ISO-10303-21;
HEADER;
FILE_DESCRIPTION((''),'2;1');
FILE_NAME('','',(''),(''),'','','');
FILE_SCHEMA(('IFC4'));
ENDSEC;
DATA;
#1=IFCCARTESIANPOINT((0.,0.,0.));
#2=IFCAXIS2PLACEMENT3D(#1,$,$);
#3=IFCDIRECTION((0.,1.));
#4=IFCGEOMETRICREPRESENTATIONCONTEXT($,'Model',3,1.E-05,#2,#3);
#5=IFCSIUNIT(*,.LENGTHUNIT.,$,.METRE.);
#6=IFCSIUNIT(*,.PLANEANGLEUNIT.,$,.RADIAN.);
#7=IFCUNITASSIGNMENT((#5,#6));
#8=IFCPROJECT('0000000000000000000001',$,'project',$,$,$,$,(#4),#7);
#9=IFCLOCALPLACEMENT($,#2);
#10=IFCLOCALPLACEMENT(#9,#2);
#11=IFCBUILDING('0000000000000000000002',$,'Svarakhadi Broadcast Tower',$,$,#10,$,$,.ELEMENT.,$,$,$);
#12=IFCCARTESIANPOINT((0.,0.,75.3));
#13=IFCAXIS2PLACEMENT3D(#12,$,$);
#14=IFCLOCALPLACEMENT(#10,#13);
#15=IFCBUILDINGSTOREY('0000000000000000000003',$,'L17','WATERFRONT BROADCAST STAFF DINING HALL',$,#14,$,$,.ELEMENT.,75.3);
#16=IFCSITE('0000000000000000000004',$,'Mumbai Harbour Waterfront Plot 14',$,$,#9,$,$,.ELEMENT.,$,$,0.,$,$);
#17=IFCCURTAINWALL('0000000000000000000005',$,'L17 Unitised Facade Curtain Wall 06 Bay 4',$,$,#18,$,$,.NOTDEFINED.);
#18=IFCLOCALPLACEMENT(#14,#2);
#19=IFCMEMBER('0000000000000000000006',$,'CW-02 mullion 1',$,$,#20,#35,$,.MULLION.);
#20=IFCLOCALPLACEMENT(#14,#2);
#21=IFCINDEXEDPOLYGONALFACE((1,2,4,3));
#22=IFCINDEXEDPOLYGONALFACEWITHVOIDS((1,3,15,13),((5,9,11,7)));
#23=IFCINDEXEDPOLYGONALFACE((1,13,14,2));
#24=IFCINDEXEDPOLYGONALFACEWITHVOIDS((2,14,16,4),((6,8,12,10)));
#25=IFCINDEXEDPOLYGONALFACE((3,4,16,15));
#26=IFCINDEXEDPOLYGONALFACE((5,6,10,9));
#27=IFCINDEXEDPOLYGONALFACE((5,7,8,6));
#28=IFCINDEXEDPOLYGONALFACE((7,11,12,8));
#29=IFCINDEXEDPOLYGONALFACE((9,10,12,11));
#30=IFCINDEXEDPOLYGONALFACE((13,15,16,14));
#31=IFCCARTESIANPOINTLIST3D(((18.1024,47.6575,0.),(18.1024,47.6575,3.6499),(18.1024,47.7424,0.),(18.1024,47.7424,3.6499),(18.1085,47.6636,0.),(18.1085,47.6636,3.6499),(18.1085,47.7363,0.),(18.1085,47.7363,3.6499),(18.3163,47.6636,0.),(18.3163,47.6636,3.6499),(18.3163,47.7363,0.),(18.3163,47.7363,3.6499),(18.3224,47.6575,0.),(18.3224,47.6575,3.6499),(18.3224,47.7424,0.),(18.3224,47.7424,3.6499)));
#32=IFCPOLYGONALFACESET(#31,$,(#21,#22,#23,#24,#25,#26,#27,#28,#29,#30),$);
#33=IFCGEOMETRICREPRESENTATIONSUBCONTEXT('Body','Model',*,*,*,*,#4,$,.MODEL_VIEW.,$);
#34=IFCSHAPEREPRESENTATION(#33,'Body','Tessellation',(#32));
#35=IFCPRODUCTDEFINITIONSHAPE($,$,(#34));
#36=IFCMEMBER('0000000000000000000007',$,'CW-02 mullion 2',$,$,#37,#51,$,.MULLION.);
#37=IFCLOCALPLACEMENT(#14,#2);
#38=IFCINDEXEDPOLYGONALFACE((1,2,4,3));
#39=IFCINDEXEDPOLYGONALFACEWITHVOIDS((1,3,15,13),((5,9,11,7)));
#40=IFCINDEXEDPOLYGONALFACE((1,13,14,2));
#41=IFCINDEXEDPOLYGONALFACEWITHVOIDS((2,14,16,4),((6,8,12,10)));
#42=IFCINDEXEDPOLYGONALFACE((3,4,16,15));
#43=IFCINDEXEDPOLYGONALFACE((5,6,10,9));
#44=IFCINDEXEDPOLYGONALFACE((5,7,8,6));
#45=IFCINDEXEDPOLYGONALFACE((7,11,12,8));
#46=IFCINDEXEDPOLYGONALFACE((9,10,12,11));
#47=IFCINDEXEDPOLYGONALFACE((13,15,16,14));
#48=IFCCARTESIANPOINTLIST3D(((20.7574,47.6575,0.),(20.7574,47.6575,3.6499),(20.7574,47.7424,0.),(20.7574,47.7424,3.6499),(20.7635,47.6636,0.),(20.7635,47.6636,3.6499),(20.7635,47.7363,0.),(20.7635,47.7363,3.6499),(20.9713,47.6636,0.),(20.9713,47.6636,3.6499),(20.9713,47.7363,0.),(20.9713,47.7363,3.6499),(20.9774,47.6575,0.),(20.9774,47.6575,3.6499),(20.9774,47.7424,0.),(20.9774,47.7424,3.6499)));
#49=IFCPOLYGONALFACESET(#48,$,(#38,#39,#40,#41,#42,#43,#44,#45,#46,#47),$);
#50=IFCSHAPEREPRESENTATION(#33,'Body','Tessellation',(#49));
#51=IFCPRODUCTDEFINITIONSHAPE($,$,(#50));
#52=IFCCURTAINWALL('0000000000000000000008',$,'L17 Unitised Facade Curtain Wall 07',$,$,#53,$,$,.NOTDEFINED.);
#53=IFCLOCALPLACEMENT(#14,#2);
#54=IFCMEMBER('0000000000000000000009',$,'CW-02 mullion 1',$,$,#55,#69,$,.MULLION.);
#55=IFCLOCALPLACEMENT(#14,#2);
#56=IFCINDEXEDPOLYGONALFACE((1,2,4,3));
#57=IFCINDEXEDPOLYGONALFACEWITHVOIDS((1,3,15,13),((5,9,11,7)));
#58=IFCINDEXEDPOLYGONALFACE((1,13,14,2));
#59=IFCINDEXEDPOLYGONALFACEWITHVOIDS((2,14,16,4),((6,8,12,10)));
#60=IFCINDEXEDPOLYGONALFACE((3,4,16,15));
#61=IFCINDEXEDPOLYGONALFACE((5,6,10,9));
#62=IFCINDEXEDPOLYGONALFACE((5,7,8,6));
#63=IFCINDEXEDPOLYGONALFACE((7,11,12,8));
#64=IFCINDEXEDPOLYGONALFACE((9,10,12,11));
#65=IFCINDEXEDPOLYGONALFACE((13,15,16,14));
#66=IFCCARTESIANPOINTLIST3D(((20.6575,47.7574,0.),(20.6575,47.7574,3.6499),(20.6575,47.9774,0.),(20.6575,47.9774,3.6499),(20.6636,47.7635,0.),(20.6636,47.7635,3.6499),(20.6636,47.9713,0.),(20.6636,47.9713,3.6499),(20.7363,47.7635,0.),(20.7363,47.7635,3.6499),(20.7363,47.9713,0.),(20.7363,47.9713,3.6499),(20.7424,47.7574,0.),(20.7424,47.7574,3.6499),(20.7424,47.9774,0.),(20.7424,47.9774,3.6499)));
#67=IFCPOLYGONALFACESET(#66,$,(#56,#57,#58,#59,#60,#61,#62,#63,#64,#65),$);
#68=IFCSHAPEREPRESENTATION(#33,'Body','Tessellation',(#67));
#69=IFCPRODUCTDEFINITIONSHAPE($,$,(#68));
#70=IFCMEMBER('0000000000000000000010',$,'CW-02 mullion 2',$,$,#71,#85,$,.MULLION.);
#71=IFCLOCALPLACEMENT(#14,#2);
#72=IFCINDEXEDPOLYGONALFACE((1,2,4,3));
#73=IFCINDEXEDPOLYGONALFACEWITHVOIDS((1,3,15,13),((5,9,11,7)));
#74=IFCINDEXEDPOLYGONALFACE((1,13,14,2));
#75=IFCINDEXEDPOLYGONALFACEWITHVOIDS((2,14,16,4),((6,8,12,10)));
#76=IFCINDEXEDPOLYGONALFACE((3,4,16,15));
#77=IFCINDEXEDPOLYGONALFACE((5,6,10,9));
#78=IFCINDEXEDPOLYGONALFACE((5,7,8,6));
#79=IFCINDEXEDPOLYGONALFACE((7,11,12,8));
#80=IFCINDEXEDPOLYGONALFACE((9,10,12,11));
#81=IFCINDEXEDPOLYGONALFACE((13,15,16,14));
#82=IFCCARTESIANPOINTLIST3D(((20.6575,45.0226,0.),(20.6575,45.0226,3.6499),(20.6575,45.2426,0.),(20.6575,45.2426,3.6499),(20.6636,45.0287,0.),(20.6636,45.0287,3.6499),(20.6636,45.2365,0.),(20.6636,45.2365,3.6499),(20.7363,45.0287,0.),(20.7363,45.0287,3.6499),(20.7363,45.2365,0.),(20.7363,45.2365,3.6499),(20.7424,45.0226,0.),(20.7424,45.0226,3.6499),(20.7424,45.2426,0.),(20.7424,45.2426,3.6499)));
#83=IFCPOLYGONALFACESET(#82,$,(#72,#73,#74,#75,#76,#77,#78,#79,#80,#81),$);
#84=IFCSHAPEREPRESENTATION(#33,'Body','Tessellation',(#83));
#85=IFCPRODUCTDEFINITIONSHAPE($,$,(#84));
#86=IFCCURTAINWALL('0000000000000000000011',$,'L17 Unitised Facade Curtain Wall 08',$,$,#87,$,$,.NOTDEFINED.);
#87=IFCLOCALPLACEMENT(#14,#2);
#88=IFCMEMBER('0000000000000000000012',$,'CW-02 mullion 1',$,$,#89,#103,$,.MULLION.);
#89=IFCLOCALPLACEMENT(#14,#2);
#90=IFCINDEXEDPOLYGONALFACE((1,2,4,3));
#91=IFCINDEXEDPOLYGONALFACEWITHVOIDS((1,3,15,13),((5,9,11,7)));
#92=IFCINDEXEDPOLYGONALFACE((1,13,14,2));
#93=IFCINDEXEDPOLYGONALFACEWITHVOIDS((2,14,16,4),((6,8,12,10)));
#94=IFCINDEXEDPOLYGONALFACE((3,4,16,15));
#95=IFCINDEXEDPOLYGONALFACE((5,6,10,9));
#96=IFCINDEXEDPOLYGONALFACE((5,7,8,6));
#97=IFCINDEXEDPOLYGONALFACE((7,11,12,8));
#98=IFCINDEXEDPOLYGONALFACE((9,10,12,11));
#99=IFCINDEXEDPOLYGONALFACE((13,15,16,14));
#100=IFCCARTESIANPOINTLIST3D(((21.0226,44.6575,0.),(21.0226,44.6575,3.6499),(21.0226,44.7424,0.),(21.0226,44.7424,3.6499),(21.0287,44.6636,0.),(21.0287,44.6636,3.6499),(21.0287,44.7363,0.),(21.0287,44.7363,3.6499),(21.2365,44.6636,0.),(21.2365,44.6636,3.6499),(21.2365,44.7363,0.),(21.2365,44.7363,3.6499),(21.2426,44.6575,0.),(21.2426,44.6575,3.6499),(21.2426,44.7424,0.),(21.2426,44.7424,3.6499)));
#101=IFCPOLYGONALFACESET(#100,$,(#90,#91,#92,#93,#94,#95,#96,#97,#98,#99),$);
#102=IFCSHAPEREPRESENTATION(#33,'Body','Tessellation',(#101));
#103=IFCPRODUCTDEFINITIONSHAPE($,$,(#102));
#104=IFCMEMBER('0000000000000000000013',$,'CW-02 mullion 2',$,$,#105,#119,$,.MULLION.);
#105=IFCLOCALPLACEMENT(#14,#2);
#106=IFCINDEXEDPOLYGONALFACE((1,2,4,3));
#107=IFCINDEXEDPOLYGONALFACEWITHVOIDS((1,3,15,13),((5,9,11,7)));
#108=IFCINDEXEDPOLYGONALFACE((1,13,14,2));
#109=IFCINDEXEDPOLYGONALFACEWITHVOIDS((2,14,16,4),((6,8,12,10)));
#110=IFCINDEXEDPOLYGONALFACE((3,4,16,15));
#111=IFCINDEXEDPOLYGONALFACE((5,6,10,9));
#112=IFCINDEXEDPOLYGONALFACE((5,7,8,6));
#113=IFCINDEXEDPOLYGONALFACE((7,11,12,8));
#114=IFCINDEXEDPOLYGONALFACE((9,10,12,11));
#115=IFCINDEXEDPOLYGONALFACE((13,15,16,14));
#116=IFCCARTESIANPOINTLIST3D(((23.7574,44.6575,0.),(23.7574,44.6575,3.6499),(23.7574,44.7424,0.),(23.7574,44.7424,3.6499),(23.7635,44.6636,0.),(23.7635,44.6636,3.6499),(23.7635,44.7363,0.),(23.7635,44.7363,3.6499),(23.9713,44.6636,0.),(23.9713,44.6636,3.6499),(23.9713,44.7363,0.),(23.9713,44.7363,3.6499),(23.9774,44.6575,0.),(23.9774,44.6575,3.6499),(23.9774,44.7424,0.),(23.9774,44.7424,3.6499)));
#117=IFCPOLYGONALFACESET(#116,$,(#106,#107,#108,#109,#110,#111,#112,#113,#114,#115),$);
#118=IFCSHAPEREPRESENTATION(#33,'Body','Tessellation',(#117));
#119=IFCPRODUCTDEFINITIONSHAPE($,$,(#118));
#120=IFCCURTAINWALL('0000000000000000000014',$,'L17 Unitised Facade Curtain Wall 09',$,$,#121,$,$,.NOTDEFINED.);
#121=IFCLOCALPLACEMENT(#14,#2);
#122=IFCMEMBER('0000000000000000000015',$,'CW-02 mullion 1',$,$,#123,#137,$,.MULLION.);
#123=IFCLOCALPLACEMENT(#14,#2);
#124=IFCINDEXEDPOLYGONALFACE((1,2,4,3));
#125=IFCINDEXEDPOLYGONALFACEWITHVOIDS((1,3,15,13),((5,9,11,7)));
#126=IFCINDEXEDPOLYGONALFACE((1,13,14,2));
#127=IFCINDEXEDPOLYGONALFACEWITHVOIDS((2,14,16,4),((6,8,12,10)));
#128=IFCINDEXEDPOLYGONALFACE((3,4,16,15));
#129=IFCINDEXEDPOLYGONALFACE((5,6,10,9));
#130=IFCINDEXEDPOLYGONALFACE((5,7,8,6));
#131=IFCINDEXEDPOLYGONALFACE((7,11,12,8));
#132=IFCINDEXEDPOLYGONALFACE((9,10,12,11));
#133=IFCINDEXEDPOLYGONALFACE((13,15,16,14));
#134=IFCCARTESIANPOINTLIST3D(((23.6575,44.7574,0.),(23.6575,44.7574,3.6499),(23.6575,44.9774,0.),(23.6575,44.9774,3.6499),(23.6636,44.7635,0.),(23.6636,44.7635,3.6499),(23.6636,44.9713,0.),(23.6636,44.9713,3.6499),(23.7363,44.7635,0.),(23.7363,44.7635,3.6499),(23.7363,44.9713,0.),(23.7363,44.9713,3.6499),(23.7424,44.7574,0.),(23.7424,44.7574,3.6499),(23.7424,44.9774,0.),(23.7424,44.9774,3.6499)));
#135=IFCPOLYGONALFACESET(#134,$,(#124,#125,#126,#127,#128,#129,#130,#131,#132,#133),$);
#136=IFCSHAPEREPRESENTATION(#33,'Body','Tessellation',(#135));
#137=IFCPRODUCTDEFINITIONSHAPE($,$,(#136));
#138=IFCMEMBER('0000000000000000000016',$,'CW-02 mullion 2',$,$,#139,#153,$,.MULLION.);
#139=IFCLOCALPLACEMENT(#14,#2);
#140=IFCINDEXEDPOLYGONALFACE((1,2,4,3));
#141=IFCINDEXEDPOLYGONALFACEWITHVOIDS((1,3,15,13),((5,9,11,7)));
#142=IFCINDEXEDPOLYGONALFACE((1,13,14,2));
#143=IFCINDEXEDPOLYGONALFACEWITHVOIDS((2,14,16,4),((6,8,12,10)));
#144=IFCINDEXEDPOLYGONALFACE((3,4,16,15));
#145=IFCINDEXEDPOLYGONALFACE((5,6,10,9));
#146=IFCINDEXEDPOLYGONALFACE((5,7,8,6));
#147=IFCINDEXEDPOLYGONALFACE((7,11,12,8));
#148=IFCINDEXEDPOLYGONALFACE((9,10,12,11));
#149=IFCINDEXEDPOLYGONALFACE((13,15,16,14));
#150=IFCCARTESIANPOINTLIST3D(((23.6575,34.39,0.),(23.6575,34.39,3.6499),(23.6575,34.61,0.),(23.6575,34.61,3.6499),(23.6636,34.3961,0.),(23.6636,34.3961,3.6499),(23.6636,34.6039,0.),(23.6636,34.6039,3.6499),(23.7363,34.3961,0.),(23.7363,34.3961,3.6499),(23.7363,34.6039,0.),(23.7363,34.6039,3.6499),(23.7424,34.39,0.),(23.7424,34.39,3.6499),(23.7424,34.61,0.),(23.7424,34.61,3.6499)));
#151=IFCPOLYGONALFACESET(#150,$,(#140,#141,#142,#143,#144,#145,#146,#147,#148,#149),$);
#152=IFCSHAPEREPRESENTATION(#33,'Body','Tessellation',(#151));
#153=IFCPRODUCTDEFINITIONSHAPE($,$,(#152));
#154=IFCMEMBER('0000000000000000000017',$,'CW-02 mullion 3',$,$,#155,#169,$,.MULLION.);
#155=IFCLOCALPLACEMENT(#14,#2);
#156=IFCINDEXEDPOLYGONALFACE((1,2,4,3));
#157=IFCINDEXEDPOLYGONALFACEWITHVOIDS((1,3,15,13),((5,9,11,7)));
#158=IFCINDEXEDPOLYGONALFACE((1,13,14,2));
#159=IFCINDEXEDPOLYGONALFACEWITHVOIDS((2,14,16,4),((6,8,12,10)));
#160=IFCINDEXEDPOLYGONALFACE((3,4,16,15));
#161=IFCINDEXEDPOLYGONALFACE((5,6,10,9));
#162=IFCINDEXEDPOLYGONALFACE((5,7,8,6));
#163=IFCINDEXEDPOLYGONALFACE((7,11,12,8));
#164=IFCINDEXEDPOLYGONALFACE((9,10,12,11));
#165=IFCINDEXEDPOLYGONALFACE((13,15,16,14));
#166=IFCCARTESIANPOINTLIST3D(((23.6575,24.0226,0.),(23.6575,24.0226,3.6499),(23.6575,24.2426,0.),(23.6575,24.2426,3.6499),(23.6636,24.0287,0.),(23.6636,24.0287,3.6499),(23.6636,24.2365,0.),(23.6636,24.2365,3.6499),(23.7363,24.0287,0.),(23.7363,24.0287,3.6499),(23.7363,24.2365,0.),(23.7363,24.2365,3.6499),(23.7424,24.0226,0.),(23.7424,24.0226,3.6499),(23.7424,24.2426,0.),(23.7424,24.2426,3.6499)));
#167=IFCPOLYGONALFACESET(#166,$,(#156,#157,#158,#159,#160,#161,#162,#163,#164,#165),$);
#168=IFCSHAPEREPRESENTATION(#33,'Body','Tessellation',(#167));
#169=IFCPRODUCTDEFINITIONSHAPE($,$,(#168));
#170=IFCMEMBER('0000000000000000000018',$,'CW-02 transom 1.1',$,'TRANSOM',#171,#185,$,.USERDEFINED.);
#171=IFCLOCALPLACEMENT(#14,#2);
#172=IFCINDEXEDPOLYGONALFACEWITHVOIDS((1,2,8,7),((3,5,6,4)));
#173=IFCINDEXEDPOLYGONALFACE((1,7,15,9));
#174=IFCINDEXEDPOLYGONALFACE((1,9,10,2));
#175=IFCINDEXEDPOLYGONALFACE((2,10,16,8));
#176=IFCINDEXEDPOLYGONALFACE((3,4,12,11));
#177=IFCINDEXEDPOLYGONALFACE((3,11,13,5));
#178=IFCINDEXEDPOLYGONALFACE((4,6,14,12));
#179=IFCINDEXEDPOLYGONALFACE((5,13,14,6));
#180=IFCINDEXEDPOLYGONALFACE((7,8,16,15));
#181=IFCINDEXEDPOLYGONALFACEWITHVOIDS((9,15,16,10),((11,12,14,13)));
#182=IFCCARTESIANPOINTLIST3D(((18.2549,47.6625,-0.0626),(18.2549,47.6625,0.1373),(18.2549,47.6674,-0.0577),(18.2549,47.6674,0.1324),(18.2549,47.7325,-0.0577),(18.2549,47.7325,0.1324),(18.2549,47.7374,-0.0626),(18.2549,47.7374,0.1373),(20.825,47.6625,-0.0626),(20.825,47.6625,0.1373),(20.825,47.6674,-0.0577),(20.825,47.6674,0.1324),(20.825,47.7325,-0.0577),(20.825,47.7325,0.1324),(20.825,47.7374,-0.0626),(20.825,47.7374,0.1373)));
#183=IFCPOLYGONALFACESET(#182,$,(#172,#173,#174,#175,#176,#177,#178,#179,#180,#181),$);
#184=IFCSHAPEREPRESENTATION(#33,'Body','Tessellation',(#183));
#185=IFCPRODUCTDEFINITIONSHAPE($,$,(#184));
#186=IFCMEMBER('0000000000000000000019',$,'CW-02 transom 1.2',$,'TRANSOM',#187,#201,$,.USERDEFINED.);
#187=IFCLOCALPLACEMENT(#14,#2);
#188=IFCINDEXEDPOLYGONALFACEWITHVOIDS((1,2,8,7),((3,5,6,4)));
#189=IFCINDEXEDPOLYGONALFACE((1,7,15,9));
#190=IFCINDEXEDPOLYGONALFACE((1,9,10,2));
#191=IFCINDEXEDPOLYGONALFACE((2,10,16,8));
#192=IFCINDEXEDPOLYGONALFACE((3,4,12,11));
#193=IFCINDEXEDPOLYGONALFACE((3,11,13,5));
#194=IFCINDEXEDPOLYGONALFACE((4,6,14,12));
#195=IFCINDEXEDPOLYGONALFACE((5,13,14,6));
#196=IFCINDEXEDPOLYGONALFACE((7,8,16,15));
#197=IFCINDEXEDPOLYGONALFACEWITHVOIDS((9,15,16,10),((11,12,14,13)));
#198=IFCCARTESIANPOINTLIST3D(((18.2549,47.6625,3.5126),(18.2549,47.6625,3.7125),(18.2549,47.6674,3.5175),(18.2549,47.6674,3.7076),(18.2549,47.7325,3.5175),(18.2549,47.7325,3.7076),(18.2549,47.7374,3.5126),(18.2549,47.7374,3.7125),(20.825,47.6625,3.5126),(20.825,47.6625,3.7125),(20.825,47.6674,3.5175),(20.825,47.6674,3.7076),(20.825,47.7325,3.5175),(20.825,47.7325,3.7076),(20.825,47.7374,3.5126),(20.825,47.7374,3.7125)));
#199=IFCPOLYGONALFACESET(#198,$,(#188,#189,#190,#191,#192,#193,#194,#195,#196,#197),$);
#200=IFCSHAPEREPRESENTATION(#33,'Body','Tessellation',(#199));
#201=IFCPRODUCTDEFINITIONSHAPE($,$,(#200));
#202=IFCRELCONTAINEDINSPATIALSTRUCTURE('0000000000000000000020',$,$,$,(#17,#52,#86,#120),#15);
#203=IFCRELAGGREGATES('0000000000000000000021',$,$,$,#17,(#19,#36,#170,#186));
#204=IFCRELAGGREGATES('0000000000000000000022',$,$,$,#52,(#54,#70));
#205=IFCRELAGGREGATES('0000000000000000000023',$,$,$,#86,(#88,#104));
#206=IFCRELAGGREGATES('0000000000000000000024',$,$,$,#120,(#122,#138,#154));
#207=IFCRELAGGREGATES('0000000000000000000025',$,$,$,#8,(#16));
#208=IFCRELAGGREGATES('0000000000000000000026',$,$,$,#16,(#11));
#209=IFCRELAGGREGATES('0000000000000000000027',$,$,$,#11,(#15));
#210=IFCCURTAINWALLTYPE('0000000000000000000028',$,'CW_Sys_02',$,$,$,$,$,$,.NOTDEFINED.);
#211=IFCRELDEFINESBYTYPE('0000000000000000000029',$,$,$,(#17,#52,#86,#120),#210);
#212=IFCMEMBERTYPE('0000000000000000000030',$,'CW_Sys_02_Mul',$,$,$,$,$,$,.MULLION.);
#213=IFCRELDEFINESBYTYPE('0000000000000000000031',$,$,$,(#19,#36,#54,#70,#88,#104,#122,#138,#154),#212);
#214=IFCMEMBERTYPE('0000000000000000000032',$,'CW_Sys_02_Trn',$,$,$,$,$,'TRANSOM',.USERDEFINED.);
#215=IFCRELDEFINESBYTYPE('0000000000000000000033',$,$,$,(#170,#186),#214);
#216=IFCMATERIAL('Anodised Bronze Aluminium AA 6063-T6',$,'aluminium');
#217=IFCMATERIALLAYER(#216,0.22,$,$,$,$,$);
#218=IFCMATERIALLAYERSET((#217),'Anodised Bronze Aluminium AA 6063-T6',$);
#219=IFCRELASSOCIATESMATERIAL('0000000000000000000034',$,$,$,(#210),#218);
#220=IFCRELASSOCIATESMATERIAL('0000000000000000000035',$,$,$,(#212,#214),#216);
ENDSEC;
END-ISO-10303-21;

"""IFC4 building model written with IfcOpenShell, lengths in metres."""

from ifc_helpers import new_model, si_unit, direction, frame, origin, origin_2d, place, context, subcontext, project, spatial, hollow_rectangle, extrude, material, layer, layer_set, material_profile, profile_set, type_object, element, aggregate, save


model = new_model("IFC4")

# Units and contexts
model_context = context("Model", 3, precision=1e-05, world=origin(), true_north=direction((0.0, 1.0)))
body_context = subcontext(model_context, "Body", "Model", "MODEL_VIEW")
ifc_project = project(units=[si_unit("LENGTHUNIT", "METRE"), si_unit("PLANEANGLEUNIT", "RADIAN")], contexts=[model_context])

# Site, building, storey
site_placement = place(None, origin())
site = spatial("IfcSite", under=ifc_project, at=site_placement, Name="Mumbai Harbour Waterfront Plot 14", CompositionType="ELEMENT", RefElevation=0.0)
building_placement = place(site_placement, origin())
building = spatial("IfcBuilding", under=site, at=building_placement, Name="Svarakhadi Broadcast Tower", CompositionType="ELEMENT")
storey_placement = place(building_placement, frame((0.0, 0.0, 75.3)))
storey = spatial("IfcBuildingStorey", under=building, at=storey_placement, Name="L17", Description="WATERFRONT BROADCAST STAFF DINING HALL", CompositionType="ELEMENT", Elevation=75.3)

# Curtain walls, members
ifc_material_1 = material(Name="Anodised Bronze Aluminium AA 6063-T6", Category="aluminium")
ifc_layer_1 = layer(ifc_material_1, 0.22)
ifc_layer_set_1 = layer_set([ifc_layer_1], Name="Anodised Bronze Aluminium AA 6063-T6")
curtain_wall_type = type_object("IfcCurtainWallType", Name="CW_Sys_02", PredefinedType="NOTDEFINED", material=ifc_layer_set_1)
curtain_wall_1_placement = place(storey_placement, origin())
curtain_wall_1 = element("IfcCurtainWall", 1, at=curtain_wall_1_placement, inside=storey, type_object=curtain_wall_type, Name="L17 Unitised Facade Curtain Wall 06 Bay 4", PredefinedType="NOTDEFINED")
ifc_material_profile_1 = material_profile(ifc_material_1, hollow_rectangle(XDim=0.085, YDim=0.22, WallThickness=0.0061, at=origin_2d()), Name="ALU MULLION 220x85x6")
ifc_profile_set_1 = profile_set([ifc_material_profile_1], Name="Anodised Bronze Aluminium AA 6063-T6")
member_type_1 = type_object("IfcMemberType", Name="CW_Sys_02_Mul", PredefinedType="MULLION", material=ifc_profile_set_1)
member_1_placement = place(storey_placement, frame((18.2124, 47.7, 0.0), z_axis=(0.0, 0.0, 1.0), x_axis=(0.0, 1.0, 0.0)))
member_1 = element("IfcMember", 2, at=member_1_placement, type_object=member_type_1, Name="CW-02 mullion 1", PredefinedType="MULLION", context=body_context, shape_type="SweptSolid", body=[
    extrude(hollow_rectangle(XDim=0.085, YDim=0.22, WallThickness=0.0061, at=origin_2d()), origin(), (0.0, 0.0, 1.0), 3.6499),
])
member_2_placement = place(storey_placement, frame((20.8674, 47.7, 0.0), z_axis=(0.0, 0.0, 1.0), x_axis=(0.0, 1.0, 0.0)))
member_2 = element("IfcMember", 3, at=member_2_placement, type_object=member_type_1, Name="CW-02 mullion 2", PredefinedType="MULLION", context=body_context, shape_type="SweptSolid", body=[
    extrude(hollow_rectangle(XDim=0.085, YDim=0.22, WallThickness=0.0061, at=origin_2d()), origin(), (0.0, 0.0, 1.0), 3.6499),
])
curtain_wall_2_placement = place(storey_placement, origin())
curtain_wall_2 = element("IfcCurtainWall", 4, at=curtain_wall_2_placement, inside=storey, type_object=curtain_wall_type, Name="L17 Unitised Facade Curtain Wall 07", PredefinedType="NOTDEFINED")
member_3_placement = place(storey_placement, frame((20.7, 47.8674, 0.0), z_axis=(0.0, 0.0, 1.0), x_axis=(1.0, 0.0, 0.0)))
member_3 = element("IfcMember", 5, at=member_3_placement, type_object=member_type_1, Name="CW-02 mullion 1", PredefinedType="MULLION", context=body_context, shape_type="SweptSolid", body=[
    extrude(hollow_rectangle(XDim=0.085, YDim=0.22, WallThickness=0.0061, at=origin_2d()), origin(), (0.0, 0.0, 1.0), 3.6499),
])
member_4_placement = place(storey_placement, frame((20.7, 45.1326, 0.0), z_axis=(0.0, 0.0, 1.0), x_axis=(1.0, 0.0, 0.0)))
member_4 = element("IfcMember", 6, at=member_4_placement, type_object=member_type_1, Name="CW-02 mullion 2", PredefinedType="MULLION", context=body_context, shape_type="SweptSolid", body=[
    extrude(hollow_rectangle(XDim=0.085, YDim=0.22, WallThickness=0.0061, at=origin_2d()), origin(), (0.0, 0.0, 1.0), 3.6499),
])
curtain_wall_3_placement = place(storey_placement, origin())
curtain_wall_3 = element("IfcCurtainWall", 7, at=curtain_wall_3_placement, inside=storey, type_object=curtain_wall_type, Name="L17 Unitised Facade Curtain Wall 08", PredefinedType="NOTDEFINED")
member_5_placement = place(storey_placement, frame((21.1326, 44.7, 0.0), z_axis=(0.0, 0.0, 1.0), x_axis=(0.0, 1.0, 0.0)))
member_5 = element("IfcMember", 8, at=member_5_placement, type_object=member_type_1, Name="CW-02 mullion 1", PredefinedType="MULLION", context=body_context, shape_type="SweptSolid", body=[
    extrude(hollow_rectangle(XDim=0.085, YDim=0.22, WallThickness=0.0061, at=origin_2d()), origin(), (0.0, 0.0, 1.0), 3.6499),
])
member_6_placement = place(storey_placement, frame((23.8674, 44.7, 0.0), z_axis=(0.0, 0.0, 1.0), x_axis=(0.0, 1.0, 0.0)))
member_6 = element("IfcMember", 9, at=member_6_placement, type_object=member_type_1, Name="CW-02 mullion 2", PredefinedType="MULLION", context=body_context, shape_type="SweptSolid", body=[
    extrude(hollow_rectangle(XDim=0.085, YDim=0.22, WallThickness=0.0061, at=origin_2d()), origin(), (0.0, 0.0, 1.0), 3.6499),
])
curtain_wall_4_placement = place(storey_placement, origin())
curtain_wall_4 = element("IfcCurtainWall", 10, at=curtain_wall_4_placement, inside=storey, type_object=curtain_wall_type, Name="L17 Unitised Facade Curtain Wall 09", PredefinedType="NOTDEFINED")
member_7_placement = place(storey_placement, frame((23.7, 44.8674, 0.0), z_axis=(0.0, 0.0, 1.0), x_axis=(1.0, 0.0, 0.0)))
member_7 = element("IfcMember", 11, at=member_7_placement, type_object=member_type_1, Name="CW-02 mullion 1", PredefinedType="MULLION", context=body_context, shape_type="SweptSolid", body=[
    extrude(hollow_rectangle(XDim=0.085, YDim=0.22, WallThickness=0.0061, at=origin_2d()), origin(), (0.0, 0.0, 1.0), 3.6499),
])
member_8_placement = place(storey_placement, frame((23.7, 34.5, 0.0), z_axis=(0.0, 0.0, 1.0), x_axis=(1.0, 0.0, 0.0)))
member_8 = element("IfcMember", 12, at=member_8_placement, type_object=member_type_1, Name="CW-02 mullion 2", PredefinedType="MULLION", context=body_context, shape_type="SweptSolid", body=[
    extrude(hollow_rectangle(XDim=0.085, YDim=0.22, WallThickness=0.0061, at=origin_2d()), origin(), (0.0, 0.0, 1.0), 3.6499),
])
member_9_placement = place(storey_placement, frame((23.7, 24.1326, 0.0), z_axis=(0.0, 0.0, 1.0), x_axis=(1.0, 0.0, 0.0)))
member_9 = element("IfcMember", 13, at=member_9_placement, type_object=member_type_1, Name="CW-02 mullion 3", PredefinedType="MULLION", context=body_context, shape_type="SweptSolid", body=[
    extrude(hollow_rectangle(XDim=0.085, YDim=0.22, WallThickness=0.0061, at=origin_2d()), origin(), (0.0, 0.0, 1.0), 3.6499),
])

# Members
ifc_material_profile_2 = material_profile(ifc_material_1, hollow_rectangle(XDim=0.075, YDim=0.2, WallThickness=0.0049, at=origin_2d()), Name="ALU TRANSOM 200x75x5")
ifc_profile_set_2 = profile_set([ifc_material_profile_2], Name="Anodised Bronze Aluminium AA 6063-T6")
member_type_2 = type_object("IfcMemberType", Name="CW_Sys_02_Trn", ElementType="TRANSOM", PredefinedType="USERDEFINED", material=ifc_profile_set_2)
member_10_placement = place(storey_placement, frame((18.2549, 47.7, 0.0374), z_axis=(1.0, 0.0, 0.0), x_axis=(0.0, 1.0, 0.0)))
member_10 = element("IfcMember", 14, at=member_10_placement, type_object=member_type_2, Name="CW-02 transom 1.1", ObjectType="TRANSOM", PredefinedType="USERDEFINED", context=body_context, shape_type="SweptSolid", body=[
    extrude(hollow_rectangle(XDim=0.075, YDim=0.2, WallThickness=0.0049, at=origin_2d()), origin(), (0.0, 0.0, 1.0), 2.5701),
])
member_11_placement = place(storey_placement, frame((18.2549, 47.7, 3.6125), z_axis=(1.0, 0.0, 0.0), x_axis=(0.0, 1.0, 0.0)))
member_11 = element("IfcMember", 15, at=member_11_placement, type_object=member_type_2, Name="CW-02 transom 1.2", ObjectType="TRANSOM", PredefinedType="USERDEFINED", context=body_context, shape_type="SweptSolid", body=[
    extrude(hollow_rectangle(XDim=0.075, YDim=0.2, WallThickness=0.0049, at=origin_2d()), origin(), (0.0, 0.0, 1.0), 2.5701),
])

aggregate(curtain_wall_1, [member_1, member_2, member_10, member_11])
aggregate(curtain_wall_2, [member_3, member_4])
aggregate(curtain_wall_3, [member_5, member_6])
aggregate(curtain_wall_4, [member_7, member_8, member_9])

save(model, "model.ifc")
